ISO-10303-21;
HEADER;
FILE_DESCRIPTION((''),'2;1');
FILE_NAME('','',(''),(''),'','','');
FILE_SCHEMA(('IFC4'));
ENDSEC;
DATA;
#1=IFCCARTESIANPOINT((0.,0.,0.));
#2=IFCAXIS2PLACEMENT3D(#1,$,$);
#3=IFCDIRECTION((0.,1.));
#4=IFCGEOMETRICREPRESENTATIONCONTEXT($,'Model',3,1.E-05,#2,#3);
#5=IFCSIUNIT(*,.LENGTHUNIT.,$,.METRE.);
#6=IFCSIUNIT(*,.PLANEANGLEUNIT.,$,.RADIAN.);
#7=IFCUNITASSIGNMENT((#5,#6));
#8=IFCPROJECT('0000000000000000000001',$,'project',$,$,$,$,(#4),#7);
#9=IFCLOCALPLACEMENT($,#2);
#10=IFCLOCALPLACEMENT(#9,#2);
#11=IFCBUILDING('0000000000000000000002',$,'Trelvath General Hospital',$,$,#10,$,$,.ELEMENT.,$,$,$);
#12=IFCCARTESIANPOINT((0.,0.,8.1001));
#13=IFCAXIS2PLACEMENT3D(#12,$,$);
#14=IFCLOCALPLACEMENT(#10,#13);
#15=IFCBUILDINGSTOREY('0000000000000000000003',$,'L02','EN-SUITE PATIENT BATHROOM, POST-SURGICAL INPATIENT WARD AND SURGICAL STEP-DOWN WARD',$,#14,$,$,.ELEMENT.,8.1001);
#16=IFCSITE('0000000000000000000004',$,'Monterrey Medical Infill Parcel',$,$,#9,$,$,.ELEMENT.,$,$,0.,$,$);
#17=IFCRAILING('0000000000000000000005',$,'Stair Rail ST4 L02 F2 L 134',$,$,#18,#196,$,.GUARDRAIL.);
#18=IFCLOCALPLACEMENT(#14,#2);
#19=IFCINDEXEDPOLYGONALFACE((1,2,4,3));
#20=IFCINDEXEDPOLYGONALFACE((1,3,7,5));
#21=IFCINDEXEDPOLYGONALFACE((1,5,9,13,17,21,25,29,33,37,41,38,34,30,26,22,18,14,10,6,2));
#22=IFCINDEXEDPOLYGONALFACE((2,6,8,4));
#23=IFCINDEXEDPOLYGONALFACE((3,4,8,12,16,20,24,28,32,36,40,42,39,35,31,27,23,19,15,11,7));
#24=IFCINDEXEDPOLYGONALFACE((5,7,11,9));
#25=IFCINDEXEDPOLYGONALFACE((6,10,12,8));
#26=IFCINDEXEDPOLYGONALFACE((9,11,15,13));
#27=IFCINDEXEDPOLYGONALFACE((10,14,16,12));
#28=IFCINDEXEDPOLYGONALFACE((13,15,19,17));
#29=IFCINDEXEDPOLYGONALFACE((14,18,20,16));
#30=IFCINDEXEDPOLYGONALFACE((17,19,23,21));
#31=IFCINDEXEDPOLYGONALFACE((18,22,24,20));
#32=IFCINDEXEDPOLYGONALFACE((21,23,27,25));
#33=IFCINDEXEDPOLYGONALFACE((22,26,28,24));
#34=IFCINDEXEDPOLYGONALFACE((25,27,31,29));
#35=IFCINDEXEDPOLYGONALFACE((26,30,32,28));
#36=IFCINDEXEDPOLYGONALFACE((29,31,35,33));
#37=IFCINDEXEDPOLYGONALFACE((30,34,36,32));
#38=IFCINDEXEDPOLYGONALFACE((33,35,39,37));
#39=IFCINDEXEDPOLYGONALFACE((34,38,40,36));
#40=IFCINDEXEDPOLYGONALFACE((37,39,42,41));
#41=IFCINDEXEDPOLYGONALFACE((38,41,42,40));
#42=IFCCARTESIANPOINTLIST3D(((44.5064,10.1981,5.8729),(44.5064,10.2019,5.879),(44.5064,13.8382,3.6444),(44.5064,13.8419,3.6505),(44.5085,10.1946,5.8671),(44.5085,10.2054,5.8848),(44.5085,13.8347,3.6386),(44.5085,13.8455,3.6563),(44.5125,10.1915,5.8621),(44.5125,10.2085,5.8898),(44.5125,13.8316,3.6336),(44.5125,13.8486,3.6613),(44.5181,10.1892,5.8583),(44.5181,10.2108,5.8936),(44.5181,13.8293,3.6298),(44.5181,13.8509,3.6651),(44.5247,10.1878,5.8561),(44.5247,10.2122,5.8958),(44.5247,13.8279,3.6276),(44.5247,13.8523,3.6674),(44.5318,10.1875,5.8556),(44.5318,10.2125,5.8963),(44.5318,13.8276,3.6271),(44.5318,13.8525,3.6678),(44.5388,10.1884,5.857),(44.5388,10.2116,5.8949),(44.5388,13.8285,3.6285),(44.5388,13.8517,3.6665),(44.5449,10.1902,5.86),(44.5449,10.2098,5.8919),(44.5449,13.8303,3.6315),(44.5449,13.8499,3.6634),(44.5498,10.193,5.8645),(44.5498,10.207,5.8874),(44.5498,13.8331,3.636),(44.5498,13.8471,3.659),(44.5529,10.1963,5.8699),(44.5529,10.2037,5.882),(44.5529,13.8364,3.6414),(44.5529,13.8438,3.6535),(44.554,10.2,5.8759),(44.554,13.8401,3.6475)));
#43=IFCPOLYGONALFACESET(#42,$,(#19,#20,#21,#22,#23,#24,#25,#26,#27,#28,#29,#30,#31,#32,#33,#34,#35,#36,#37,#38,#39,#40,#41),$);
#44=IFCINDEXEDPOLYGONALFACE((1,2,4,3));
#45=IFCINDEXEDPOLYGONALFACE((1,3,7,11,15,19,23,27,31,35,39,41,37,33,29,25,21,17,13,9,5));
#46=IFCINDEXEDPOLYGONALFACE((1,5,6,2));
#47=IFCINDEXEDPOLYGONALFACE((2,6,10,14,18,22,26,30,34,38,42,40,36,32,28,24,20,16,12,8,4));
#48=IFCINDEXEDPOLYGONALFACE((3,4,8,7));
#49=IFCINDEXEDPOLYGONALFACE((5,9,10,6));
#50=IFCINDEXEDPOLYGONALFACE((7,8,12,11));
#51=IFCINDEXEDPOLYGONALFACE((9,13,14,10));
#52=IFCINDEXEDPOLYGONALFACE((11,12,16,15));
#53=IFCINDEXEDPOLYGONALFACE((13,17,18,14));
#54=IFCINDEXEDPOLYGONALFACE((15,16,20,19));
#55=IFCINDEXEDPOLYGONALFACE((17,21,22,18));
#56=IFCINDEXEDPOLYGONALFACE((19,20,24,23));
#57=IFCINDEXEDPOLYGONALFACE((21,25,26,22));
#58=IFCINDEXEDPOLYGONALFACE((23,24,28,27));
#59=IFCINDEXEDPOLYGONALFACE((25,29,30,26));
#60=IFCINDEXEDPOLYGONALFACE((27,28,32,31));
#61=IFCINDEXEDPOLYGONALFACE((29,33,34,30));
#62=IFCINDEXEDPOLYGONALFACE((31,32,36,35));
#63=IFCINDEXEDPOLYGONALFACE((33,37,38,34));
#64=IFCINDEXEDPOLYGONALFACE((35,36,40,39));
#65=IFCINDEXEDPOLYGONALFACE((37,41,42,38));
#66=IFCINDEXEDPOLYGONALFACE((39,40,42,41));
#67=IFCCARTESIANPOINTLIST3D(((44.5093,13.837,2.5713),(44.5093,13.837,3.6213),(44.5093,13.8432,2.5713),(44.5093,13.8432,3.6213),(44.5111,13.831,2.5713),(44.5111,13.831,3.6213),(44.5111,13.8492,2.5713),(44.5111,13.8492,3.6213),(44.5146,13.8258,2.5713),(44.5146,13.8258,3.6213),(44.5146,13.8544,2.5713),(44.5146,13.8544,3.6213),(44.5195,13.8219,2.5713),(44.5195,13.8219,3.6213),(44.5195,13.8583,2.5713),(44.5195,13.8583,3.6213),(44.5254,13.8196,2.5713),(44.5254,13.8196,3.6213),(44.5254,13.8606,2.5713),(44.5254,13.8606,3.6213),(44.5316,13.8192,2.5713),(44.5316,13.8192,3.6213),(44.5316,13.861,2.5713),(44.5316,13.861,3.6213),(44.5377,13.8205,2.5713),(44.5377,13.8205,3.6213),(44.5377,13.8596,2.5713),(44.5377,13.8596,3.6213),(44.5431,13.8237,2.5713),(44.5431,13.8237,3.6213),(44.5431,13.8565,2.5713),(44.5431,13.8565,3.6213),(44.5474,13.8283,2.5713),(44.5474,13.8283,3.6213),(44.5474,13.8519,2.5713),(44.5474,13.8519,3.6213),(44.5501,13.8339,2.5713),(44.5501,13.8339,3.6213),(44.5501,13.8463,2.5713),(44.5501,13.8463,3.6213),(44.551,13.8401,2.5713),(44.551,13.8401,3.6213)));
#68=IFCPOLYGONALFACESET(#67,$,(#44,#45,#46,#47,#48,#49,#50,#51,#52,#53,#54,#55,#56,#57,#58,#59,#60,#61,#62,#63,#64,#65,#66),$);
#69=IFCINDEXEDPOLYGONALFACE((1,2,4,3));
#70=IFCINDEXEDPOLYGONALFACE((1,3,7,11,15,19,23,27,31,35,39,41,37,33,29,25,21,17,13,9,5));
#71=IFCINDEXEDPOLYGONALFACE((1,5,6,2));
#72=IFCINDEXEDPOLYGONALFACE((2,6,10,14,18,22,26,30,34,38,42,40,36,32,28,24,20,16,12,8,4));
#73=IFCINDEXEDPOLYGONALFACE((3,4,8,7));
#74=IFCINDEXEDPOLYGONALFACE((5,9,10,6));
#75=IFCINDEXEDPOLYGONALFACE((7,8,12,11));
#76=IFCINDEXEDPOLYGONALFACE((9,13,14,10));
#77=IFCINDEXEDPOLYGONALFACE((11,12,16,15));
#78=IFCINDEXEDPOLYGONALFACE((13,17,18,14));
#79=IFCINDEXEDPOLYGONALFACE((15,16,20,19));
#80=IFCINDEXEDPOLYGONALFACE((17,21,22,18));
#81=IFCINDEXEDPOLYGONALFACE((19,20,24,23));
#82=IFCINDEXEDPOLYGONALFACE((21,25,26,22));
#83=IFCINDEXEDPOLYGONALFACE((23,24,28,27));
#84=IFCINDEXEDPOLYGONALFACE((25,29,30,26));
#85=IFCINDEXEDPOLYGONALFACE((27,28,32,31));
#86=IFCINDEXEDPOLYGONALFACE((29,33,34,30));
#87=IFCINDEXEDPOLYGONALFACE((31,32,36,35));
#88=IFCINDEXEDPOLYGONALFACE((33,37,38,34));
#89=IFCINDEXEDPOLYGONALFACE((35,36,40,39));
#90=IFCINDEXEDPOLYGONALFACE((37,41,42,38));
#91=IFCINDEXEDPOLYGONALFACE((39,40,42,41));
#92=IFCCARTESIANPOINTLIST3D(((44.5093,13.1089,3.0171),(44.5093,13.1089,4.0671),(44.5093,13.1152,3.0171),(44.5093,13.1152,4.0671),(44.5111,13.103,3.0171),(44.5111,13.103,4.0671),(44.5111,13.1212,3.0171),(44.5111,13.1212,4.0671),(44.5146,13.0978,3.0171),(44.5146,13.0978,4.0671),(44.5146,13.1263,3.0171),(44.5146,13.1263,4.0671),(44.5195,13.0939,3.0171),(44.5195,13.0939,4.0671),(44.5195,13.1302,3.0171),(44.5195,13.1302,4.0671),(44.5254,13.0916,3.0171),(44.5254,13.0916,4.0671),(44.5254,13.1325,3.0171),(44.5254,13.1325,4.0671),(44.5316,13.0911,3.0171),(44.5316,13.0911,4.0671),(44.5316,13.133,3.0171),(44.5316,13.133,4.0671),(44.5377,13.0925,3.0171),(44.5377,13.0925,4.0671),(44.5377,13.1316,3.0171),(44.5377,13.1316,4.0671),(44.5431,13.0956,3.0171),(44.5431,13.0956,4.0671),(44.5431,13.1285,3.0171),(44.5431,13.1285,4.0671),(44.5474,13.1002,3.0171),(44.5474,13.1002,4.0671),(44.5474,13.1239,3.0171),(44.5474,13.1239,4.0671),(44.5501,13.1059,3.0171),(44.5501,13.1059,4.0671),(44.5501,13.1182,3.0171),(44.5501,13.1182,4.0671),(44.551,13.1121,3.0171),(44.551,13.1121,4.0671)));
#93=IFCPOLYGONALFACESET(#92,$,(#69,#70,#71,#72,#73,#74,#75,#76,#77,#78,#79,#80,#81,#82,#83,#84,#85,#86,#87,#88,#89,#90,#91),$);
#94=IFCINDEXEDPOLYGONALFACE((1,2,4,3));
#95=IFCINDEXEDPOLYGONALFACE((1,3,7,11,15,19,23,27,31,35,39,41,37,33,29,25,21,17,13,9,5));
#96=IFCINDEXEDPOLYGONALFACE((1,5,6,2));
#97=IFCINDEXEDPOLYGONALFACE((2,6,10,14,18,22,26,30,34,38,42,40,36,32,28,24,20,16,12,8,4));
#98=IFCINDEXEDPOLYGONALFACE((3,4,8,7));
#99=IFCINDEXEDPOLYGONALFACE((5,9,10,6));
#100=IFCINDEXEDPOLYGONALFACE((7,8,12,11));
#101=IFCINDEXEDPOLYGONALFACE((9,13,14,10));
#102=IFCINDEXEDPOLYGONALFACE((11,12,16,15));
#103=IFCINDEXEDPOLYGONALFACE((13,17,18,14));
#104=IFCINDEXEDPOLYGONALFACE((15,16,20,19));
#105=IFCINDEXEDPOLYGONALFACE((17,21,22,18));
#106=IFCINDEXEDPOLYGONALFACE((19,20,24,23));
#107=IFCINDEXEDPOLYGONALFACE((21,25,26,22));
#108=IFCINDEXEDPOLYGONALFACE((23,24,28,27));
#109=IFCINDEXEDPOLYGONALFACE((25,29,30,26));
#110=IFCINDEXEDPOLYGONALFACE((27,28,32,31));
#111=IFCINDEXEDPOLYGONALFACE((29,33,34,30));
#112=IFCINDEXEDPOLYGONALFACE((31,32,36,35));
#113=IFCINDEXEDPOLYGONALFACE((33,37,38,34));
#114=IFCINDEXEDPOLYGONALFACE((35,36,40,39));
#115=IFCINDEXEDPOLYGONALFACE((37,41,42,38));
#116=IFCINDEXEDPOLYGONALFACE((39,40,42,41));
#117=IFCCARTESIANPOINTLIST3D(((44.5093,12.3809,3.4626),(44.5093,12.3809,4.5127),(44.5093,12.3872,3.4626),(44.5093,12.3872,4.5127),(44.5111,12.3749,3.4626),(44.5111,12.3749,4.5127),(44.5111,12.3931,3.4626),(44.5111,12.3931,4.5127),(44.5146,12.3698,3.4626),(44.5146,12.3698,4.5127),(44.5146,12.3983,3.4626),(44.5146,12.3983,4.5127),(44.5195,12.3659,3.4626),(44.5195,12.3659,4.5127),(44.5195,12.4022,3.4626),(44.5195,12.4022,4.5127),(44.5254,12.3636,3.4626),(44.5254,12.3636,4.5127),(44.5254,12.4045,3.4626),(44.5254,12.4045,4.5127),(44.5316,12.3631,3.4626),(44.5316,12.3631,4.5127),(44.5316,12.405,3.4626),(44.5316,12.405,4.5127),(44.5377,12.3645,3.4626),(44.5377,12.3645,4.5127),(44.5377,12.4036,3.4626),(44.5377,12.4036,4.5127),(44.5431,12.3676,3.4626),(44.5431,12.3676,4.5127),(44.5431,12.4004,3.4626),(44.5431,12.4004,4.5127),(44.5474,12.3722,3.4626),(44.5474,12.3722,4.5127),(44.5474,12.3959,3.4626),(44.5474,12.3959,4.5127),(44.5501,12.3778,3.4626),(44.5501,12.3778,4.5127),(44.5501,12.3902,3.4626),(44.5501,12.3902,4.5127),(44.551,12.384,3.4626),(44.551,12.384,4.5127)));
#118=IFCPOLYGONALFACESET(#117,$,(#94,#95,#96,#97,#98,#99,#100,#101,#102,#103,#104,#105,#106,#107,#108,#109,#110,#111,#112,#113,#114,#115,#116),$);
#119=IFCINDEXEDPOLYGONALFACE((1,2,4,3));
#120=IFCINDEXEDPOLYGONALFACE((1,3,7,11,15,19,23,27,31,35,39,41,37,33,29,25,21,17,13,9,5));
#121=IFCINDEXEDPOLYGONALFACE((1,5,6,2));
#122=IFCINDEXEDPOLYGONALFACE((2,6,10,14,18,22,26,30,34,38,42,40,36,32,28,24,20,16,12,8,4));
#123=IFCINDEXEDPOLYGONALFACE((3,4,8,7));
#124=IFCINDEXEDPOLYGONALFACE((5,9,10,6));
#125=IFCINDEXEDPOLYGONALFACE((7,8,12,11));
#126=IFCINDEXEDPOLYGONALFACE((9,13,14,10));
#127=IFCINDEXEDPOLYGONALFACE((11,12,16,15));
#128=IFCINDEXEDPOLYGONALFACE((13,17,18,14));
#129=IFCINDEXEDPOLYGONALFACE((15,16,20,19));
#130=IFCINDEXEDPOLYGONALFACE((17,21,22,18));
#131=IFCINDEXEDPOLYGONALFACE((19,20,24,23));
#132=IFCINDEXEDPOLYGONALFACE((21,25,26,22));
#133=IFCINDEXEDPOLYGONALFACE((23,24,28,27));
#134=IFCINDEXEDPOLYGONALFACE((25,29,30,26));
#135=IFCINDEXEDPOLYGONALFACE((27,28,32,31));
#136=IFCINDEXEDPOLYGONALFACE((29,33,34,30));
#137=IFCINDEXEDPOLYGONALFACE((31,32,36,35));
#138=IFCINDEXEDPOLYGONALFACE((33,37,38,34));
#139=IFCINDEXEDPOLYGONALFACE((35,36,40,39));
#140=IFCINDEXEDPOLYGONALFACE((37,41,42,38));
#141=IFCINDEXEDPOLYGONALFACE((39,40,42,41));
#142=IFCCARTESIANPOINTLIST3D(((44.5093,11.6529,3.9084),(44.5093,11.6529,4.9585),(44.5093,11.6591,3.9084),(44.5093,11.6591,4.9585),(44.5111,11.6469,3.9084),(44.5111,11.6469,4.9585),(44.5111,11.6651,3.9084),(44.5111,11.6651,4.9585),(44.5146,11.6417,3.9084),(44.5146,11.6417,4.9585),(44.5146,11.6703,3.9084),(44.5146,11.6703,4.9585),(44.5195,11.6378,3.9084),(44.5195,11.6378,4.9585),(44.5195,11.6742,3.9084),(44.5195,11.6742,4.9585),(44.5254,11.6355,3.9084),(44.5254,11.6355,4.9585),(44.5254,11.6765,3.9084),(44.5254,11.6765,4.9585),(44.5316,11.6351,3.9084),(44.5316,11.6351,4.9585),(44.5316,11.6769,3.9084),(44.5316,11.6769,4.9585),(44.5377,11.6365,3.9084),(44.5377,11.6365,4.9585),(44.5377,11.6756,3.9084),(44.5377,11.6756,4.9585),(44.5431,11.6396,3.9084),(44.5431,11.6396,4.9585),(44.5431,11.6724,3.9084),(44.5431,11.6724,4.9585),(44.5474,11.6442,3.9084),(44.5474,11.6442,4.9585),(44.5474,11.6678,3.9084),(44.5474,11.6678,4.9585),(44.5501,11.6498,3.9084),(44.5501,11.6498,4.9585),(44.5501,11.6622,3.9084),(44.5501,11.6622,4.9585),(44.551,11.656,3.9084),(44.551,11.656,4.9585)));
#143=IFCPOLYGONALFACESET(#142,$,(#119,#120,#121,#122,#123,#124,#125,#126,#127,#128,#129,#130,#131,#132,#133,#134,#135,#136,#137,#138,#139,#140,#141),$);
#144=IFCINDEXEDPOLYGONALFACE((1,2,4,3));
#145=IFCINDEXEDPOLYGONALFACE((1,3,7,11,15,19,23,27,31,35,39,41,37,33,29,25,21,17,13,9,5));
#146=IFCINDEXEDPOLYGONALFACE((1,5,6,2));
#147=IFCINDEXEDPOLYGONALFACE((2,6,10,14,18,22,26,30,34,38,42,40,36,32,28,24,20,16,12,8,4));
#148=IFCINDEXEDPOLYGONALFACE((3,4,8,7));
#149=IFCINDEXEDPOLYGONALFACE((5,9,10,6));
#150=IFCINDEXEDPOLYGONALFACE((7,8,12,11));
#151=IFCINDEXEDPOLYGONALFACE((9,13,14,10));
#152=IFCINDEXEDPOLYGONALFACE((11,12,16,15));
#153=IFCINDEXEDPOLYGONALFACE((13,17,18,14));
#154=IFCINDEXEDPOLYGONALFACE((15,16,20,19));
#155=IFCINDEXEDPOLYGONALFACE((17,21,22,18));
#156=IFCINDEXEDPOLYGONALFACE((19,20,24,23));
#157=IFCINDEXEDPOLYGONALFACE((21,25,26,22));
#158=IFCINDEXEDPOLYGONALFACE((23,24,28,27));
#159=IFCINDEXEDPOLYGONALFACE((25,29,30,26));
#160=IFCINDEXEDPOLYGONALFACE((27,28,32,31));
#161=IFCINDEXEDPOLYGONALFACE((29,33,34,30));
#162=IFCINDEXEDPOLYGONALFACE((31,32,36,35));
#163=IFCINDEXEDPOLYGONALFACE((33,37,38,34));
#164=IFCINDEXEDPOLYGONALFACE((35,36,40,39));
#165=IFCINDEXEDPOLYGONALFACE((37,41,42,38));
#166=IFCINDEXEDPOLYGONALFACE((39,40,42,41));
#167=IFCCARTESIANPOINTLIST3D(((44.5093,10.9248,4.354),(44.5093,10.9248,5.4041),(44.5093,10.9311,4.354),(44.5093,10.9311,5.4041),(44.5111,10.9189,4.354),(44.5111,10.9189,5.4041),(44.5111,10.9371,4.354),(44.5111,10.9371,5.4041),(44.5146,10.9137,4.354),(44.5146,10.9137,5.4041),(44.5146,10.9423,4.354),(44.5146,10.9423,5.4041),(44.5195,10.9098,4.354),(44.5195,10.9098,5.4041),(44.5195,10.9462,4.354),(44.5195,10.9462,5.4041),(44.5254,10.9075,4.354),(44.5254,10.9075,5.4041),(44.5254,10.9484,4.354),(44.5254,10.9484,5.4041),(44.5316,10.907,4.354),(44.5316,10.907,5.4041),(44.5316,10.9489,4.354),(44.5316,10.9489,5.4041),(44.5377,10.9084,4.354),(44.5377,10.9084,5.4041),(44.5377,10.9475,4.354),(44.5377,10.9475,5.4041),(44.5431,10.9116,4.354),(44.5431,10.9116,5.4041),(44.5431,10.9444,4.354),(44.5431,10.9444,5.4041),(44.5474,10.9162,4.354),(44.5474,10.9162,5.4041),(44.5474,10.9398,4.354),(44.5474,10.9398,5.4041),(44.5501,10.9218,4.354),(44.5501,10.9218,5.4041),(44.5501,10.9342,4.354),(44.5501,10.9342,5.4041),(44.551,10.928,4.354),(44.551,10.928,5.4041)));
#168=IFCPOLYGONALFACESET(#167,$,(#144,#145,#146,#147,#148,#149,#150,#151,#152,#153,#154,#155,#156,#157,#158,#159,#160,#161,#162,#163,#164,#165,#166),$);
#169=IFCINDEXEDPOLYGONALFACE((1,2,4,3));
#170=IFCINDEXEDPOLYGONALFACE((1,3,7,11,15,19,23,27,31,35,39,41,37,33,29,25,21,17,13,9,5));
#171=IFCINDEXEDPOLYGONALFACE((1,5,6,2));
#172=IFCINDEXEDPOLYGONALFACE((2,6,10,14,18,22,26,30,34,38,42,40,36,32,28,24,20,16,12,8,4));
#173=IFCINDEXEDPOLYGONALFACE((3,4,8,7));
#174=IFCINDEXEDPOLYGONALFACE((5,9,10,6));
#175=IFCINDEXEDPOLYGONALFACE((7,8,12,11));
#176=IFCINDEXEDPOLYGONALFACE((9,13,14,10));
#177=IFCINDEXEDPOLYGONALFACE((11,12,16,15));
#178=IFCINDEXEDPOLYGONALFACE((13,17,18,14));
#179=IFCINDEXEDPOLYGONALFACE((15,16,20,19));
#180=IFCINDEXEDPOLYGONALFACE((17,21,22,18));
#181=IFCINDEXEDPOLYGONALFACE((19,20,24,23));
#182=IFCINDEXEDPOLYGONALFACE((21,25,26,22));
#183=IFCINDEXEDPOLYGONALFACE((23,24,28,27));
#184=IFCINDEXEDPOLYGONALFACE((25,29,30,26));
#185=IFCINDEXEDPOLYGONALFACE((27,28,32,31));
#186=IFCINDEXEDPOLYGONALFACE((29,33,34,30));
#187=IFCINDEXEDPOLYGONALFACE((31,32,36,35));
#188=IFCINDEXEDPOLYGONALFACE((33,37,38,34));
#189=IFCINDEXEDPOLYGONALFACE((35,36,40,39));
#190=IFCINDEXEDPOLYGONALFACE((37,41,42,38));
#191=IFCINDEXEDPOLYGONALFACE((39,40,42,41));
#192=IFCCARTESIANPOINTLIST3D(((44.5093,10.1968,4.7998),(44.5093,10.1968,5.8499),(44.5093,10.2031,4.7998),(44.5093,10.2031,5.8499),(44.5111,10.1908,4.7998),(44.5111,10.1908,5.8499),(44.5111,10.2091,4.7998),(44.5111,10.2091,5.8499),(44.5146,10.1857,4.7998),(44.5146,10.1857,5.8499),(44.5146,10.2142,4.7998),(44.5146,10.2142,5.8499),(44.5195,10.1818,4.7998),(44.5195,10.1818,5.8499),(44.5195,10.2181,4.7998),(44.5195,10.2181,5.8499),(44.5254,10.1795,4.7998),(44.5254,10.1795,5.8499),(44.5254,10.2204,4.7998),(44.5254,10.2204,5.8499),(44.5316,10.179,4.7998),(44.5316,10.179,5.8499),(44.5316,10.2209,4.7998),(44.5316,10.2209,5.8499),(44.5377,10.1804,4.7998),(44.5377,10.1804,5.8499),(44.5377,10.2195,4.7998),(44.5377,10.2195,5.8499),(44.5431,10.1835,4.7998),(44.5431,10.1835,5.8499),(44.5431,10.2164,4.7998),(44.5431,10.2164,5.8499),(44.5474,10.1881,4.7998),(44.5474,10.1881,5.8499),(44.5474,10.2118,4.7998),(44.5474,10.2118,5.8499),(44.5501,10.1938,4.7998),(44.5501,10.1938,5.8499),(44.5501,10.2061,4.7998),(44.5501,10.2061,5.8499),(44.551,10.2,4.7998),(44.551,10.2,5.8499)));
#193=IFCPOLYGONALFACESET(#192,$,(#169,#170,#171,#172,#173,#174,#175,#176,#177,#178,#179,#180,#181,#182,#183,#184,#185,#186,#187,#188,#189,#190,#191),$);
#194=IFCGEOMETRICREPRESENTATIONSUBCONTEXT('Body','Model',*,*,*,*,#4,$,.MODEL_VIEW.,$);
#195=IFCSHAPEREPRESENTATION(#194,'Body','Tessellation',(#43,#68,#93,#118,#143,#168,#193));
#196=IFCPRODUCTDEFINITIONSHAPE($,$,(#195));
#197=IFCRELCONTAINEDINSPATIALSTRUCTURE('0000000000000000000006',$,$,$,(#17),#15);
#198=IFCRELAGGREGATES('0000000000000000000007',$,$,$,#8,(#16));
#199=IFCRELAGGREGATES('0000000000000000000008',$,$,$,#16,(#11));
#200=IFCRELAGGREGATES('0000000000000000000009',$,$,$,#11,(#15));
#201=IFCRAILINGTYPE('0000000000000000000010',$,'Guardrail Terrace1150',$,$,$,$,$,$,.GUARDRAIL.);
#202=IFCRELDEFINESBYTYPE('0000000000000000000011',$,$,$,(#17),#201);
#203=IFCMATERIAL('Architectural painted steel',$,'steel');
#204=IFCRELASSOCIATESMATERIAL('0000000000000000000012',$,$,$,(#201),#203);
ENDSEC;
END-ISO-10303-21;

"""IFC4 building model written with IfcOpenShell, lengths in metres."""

from ifc_helpers import new_model, si_unit, direction, frame, origin, origin_2d, place, context, subcontext, project, spatial, circle, extrude, material, type_object, element, save


model = new_model("IFC4")

# Units and contexts
model_context = context("Model", 3, precision=1e-05, world=origin(), true_north=direction((0.0, 1.0)))
body_context = subcontext(model_context, "Body", "Model", "MODEL_VIEW")
ifc_project = project(units=[si_unit("LENGTHUNIT", "METRE"), si_unit("PLANEANGLEUNIT", "RADIAN")], contexts=[model_context])

# Site, building, storey
site_placement = place(None, origin())
site = spatial("IfcSite", under=ifc_project, at=site_placement, Name="Monterrey Medical Infill Parcel", CompositionType="ELEMENT", RefElevation=0.0)
building_placement = place(site_placement, origin())
building = spatial("IfcBuilding", under=site, at=building_placement, Name="Trelvath General Hospital", CompositionType="ELEMENT")
storey_placement = place(building_placement, frame((0.0, 0.0, 8.1001)))
storey = spatial("IfcBuildingStorey", under=building, at=storey_placement, Name="L02", Description="EN-SUITE PATIENT BATHROOM, POST-SURGICAL INPATIENT WARD AND SURGICAL STEP-DOWN WARD", CompositionType="ELEMENT", Elevation=8.1001)

# Railing
ifc_material_1 = material(Name="Architectural painted steel", Category="steel")
railing_type_1 = type_object("IfcRailingType", Name="Guardrail Terrace1150", PredefinedType="GUARDRAIL", material=ifc_material_1)
railing_1_placement = place(storey_placement, frame((44.53, 13.8401, 2.5713)))
element("IfcRailing", 1, at=railing_1_placement, inside=storey, type_object=railing_type_1, Name="Stair Rail ST4 L02 F2 L 134", PredefinedType="GUARDRAIL", context=body_context, shape_type="SweptSolid", body=[
    extrude(circle(Radius=0.0239, at=origin_2d()), frame((0.0, 0.0, 1.0762), z_axis=(0.0, -0.852866, 0.52213), x_axis=(1.0, 0.0, 0.0)), (0.0, 0.0, 1.0), 4.2681),
    extrude(circle(Radius=0.021, at=origin_2d()), origin(), (0.0, 0.0, 1.0), 1.05),
    extrude(circle(Radius=0.021, at=origin_2d()), frame((0.0, -0.728, 0.4458)), (0.0, 0.0, 1.0), 1.05),
    extrude(circle(Radius=0.021, at=origin_2d()), frame((0.0, -1.4561, 0.8914)), (0.0, 0.0, 1.0), 1.05),
    extrude(circle(Radius=0.021, at=origin_2d()), frame((0.0, -2.1841, 1.3372)), (0.0, 0.0, 1.0), 1.05),
    extrude(circle(Radius=0.021, at=origin_2d()), frame((0.0, -2.9121, 1.7827)), (0.0, 0.0, 1.0), 1.05),
    extrude(circle(Radius=0.021, at=origin_2d()), frame((0.0, -3.6401, 2.2285)), (0.0, 0.0, 1.0), 1.05),
])

save(model, "model.ifc")
